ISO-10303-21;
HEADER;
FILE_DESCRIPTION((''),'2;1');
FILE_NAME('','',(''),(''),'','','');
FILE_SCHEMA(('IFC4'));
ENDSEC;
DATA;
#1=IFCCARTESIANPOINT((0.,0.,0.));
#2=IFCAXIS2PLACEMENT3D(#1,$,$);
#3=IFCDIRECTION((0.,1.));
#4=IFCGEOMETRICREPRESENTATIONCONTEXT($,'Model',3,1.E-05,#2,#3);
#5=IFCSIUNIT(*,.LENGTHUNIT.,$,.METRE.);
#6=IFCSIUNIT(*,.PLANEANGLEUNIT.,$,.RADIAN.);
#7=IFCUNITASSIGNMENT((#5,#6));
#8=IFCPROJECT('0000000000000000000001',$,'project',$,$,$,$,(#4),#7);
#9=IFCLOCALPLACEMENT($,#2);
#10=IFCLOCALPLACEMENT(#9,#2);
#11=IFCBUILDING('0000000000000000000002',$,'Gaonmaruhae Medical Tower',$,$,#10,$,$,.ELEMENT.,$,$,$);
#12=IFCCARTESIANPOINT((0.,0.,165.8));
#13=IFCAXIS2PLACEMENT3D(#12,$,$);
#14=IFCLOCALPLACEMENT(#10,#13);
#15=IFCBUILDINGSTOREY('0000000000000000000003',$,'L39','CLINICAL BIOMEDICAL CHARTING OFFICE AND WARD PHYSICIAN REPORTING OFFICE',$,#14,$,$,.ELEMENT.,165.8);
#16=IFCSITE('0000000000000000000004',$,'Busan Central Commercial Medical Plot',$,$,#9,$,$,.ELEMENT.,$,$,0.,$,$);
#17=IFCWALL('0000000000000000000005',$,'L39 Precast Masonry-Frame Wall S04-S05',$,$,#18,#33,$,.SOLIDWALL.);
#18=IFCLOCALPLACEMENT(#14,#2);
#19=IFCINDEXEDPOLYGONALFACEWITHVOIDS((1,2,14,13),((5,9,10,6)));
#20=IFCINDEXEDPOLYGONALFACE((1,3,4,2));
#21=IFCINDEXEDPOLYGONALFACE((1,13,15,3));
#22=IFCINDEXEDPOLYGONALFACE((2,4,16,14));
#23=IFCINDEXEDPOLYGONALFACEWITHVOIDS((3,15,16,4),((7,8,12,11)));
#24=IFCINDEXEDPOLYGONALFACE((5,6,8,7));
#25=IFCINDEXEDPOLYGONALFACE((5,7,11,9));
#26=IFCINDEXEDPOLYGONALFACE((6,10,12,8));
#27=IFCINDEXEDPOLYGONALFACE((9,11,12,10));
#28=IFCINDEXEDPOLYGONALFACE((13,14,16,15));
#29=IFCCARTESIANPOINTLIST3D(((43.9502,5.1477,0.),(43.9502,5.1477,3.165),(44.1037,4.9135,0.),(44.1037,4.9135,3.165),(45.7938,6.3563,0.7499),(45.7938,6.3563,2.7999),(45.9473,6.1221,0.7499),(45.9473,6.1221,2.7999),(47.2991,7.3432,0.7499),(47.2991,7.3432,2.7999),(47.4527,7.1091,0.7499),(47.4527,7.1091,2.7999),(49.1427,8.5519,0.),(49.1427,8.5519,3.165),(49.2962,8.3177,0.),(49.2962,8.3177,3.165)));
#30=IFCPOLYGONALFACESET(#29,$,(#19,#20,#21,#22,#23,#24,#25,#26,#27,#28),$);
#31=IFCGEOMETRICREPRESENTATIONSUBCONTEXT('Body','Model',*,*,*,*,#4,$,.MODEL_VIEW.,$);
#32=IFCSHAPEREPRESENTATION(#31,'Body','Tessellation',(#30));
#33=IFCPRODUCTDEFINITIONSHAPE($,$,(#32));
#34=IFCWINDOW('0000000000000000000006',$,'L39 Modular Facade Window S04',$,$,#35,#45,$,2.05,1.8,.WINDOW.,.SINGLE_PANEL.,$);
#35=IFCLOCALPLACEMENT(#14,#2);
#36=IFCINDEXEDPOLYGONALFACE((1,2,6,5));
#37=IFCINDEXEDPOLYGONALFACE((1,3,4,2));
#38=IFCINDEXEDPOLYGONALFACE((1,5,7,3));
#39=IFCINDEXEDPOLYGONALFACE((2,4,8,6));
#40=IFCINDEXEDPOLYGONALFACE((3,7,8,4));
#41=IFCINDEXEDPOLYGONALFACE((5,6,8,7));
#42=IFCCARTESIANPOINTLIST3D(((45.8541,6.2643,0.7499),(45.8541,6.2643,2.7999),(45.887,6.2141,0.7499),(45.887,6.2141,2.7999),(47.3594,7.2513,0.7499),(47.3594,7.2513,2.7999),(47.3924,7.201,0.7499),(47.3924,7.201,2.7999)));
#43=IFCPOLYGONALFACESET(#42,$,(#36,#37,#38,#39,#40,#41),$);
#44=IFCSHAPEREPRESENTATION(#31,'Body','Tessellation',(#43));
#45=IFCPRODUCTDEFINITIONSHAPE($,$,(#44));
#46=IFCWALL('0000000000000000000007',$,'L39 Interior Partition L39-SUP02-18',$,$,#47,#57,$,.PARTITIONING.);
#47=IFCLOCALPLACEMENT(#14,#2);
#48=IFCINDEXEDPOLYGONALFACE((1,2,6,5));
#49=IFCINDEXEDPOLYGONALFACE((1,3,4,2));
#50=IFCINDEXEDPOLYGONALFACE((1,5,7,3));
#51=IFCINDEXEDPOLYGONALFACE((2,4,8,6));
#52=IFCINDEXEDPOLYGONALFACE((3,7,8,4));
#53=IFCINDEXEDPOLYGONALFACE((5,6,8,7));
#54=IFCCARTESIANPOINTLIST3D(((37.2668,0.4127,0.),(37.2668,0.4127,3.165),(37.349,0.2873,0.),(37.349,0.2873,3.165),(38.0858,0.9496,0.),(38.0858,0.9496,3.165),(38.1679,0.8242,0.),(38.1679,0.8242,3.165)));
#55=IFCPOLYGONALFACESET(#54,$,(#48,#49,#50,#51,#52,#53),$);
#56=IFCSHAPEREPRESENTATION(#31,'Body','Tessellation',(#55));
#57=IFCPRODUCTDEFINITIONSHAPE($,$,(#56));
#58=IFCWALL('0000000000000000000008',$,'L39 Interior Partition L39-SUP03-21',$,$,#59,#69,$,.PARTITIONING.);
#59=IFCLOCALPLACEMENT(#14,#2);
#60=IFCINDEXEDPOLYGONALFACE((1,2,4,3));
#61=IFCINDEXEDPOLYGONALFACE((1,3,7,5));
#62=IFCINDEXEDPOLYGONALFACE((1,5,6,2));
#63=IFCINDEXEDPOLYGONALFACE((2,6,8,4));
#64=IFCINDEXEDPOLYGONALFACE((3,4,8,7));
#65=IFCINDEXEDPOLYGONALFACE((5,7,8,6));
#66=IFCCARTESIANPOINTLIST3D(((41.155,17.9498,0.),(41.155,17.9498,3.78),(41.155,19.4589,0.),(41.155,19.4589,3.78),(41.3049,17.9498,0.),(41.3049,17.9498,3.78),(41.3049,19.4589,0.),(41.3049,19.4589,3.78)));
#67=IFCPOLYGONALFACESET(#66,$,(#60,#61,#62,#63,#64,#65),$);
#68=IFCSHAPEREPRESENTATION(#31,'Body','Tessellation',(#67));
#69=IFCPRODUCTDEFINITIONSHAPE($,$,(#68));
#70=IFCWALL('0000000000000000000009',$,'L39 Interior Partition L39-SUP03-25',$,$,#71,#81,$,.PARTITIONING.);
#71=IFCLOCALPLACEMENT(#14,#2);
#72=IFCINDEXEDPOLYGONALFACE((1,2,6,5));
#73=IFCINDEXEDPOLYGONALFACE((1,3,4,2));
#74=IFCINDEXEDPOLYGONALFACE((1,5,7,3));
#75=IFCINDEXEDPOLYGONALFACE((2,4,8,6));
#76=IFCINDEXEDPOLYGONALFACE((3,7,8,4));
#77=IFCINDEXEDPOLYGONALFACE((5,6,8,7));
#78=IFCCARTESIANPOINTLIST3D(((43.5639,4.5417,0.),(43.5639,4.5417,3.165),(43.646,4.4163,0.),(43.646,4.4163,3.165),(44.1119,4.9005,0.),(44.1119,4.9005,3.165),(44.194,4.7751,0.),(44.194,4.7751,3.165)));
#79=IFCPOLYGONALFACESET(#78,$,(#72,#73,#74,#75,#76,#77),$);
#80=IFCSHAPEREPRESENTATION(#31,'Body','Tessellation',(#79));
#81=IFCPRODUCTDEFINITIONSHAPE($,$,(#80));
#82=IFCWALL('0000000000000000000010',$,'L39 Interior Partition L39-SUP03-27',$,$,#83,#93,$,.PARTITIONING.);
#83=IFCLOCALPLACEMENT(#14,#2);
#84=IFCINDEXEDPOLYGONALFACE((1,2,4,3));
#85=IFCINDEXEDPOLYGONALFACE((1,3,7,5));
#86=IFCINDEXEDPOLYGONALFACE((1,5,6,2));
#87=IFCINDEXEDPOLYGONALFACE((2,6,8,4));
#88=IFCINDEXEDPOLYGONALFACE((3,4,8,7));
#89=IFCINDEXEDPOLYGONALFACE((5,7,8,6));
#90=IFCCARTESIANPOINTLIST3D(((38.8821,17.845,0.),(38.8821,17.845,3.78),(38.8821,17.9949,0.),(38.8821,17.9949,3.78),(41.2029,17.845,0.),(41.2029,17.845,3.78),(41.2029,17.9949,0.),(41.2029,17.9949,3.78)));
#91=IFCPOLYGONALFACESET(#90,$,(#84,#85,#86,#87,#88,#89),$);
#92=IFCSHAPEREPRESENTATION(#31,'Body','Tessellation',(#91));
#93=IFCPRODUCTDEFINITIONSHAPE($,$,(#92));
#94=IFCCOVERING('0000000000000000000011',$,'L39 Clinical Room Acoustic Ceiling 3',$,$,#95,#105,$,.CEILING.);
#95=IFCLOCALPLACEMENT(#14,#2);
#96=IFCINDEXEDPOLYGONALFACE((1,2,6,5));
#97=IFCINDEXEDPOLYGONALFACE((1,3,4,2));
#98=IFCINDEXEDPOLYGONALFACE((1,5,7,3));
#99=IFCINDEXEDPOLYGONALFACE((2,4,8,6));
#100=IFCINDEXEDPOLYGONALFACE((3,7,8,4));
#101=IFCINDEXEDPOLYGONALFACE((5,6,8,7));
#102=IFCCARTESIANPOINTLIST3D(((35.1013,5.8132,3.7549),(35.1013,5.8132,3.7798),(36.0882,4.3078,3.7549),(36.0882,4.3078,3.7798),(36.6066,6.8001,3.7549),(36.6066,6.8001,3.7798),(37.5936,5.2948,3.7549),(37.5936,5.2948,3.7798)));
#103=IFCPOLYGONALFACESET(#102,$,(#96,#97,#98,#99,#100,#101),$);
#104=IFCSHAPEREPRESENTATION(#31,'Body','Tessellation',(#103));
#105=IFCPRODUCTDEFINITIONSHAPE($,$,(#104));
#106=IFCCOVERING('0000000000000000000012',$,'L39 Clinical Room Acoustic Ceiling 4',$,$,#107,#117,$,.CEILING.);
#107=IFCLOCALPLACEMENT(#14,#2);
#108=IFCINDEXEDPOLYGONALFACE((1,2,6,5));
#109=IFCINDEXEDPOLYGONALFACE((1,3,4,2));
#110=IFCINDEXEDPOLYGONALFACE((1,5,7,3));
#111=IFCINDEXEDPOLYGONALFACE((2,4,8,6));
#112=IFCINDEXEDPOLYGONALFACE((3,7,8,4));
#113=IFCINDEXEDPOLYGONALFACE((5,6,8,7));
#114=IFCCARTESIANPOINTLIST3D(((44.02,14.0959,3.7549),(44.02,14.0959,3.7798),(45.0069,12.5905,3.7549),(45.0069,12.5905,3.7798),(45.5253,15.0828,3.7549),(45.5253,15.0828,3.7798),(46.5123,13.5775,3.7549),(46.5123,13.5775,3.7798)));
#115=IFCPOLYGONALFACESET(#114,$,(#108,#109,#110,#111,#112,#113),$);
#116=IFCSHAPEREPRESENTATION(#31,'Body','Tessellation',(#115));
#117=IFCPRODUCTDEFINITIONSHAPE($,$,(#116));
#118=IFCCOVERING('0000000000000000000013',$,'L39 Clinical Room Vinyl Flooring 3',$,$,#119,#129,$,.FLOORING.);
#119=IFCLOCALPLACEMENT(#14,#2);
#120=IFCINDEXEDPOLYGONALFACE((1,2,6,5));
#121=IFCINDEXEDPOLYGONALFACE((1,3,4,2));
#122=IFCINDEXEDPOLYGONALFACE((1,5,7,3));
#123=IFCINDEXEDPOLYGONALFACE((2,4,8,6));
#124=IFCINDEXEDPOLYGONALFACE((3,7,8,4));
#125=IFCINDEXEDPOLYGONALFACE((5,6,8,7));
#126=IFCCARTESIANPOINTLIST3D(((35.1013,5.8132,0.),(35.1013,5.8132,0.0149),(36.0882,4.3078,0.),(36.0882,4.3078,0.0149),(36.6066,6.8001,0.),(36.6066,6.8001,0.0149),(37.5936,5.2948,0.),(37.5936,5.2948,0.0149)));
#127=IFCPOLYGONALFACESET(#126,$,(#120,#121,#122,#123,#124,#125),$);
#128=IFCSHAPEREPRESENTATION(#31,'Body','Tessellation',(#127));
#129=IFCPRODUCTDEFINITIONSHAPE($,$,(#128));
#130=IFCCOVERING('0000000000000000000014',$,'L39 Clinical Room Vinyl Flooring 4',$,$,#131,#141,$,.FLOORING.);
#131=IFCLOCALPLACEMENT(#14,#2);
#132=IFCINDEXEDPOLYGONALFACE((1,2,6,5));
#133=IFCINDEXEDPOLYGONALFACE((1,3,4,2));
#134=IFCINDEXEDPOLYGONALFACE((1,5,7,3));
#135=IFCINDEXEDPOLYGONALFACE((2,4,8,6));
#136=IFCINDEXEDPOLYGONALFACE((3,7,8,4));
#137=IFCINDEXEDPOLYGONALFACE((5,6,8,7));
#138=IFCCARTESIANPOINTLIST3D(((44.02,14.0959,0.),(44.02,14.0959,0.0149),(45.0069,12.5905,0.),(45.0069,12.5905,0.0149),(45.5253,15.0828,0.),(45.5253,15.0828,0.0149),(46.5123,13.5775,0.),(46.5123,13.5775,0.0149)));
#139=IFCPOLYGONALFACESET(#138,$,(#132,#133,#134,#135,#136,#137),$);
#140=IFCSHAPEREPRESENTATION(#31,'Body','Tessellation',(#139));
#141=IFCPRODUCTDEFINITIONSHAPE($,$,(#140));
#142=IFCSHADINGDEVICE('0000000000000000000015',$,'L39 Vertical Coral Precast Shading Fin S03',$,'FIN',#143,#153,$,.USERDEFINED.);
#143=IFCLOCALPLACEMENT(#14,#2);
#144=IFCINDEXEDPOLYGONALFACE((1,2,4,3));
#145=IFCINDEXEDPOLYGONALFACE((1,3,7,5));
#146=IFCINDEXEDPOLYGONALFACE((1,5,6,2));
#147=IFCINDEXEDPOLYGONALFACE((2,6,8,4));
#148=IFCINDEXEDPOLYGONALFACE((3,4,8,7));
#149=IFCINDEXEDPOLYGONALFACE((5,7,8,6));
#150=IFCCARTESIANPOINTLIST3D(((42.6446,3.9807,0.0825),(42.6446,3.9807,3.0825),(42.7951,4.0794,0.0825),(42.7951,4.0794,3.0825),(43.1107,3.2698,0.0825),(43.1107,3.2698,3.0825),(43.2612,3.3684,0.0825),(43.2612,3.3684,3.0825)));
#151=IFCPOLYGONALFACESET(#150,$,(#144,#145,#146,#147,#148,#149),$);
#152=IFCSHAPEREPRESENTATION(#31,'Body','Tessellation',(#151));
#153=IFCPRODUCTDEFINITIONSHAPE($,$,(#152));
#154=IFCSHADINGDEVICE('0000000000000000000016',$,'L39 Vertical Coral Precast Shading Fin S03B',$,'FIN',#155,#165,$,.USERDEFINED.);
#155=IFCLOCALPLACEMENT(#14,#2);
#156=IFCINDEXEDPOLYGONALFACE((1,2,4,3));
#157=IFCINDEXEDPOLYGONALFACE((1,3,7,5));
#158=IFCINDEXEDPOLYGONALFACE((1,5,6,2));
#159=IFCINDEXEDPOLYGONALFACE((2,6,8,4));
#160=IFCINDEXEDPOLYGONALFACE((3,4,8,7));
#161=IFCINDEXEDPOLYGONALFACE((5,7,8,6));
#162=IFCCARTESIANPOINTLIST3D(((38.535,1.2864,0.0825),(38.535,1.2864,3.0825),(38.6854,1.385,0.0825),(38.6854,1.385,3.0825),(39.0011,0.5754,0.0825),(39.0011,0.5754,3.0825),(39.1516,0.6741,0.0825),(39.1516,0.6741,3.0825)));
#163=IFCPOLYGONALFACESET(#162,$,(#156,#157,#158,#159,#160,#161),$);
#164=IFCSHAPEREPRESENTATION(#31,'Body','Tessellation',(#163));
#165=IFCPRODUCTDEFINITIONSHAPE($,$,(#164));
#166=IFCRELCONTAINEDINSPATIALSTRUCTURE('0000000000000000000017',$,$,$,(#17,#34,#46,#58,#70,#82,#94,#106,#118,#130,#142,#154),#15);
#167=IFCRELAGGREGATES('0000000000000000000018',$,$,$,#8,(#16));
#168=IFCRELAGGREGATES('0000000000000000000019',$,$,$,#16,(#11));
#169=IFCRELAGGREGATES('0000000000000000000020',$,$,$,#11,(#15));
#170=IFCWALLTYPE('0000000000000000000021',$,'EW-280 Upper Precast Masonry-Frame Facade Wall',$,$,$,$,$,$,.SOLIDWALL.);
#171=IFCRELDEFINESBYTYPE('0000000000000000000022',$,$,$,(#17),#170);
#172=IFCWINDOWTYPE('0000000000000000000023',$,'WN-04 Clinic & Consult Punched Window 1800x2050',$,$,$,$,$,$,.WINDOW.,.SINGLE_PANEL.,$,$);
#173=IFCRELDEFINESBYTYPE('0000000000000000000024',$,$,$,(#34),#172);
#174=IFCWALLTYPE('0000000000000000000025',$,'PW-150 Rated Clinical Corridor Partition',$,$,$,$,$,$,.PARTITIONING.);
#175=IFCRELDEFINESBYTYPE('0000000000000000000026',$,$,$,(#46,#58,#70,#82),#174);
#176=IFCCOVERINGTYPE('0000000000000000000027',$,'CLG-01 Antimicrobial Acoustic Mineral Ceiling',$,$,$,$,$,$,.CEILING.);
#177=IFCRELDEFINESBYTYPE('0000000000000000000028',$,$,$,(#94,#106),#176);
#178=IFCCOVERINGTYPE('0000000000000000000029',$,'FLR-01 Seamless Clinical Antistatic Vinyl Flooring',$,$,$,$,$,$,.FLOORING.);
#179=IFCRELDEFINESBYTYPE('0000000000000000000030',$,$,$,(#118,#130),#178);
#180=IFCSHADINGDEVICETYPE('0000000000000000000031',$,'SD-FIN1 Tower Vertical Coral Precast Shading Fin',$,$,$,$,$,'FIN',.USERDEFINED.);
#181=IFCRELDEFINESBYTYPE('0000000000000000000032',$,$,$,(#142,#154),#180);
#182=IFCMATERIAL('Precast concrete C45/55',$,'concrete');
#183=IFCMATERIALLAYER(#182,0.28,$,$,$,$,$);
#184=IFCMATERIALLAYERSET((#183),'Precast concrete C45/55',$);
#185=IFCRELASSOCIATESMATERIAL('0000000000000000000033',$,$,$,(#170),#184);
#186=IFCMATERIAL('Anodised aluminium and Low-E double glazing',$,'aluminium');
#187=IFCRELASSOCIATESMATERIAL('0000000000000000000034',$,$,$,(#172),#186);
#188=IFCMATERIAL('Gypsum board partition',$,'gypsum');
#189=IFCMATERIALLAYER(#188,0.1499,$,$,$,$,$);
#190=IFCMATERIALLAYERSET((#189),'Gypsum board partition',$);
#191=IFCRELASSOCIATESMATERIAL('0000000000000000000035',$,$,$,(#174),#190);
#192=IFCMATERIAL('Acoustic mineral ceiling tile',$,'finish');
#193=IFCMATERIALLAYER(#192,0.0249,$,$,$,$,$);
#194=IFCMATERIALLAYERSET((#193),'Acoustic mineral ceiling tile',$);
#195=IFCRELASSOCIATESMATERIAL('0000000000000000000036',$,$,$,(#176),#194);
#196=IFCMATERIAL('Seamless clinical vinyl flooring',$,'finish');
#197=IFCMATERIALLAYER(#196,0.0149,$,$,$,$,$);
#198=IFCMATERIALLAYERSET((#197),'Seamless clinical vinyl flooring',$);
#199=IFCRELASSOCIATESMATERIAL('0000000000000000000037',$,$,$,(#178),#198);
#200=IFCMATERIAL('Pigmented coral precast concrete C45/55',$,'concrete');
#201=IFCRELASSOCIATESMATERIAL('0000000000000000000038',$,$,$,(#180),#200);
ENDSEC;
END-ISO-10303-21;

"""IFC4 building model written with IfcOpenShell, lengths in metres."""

from ifc_helpers import new_model, si_unit, direction, frame, frame_2d, origin, origin_2d, place, context, subcontext, project, spatial, rectangle, extrude, material, layer, layer_set, type_object, element, fill, save


model = new_model("IFC4")

# Units and contexts
model_context = context("Model", 3, precision=1e-05, world=origin(), true_north=direction((0.0, 1.0)))
body_context = subcontext(model_context, "Body", "Model", "MODEL_VIEW")
ifc_project = project(units=[si_unit("LENGTHUNIT", "METRE"), si_unit("PLANEANGLEUNIT", "RADIAN")], contexts=[model_context])

# Site, building, storey
site_placement = place(None, origin())
site = spatial("IfcSite", under=ifc_project, at=site_placement, Name="Busan Central Commercial Medical Plot", CompositionType="ELEMENT", RefElevation=0.0)
building_placement = place(site_placement, origin())
building = spatial("IfcBuilding", under=site, at=building_placement, Name="Gaonmaruhae Medical Tower", CompositionType="ELEMENT")
storey_placement = place(building_placement, frame((0.0, 0.0, 165.8)))
storey = spatial("IfcBuildingStorey", under=building, at=storey_placement, Name="L39", Description="CLINICAL BIOMEDICAL CHARTING OFFICE AND WARD PHYSICIAN REPORTING OFFICE", CompositionType="ELEMENT", Elevation=165.8)

# Wall, opening, window
ifc_material_1 = material(Name="Precast concrete C45/55", Category="concrete")
ifc_layer_1 = layer(ifc_material_1, 0.28)
ifc_layer_set_1 = layer_set([ifc_layer_1], Name="Precast concrete C45/55")
wall_type_1 = type_object("IfcWallType", Name="EW-280 Upper Precast Masonry-Frame Facade Wall", PredefinedType="SOLIDWALL", material=ifc_layer_set_1)
ifc_material_2 = material(Name="Anodised aluminium and Low-E double glazing", Category="aluminium")
wall_1_placement = place(storey_placement, frame((49.2195, 8.4348, 0.0), z_axis=(0.0, 0.0, 1.0), x_axis=(-0.836296, -0.548278, 0.0)))
wall_1 = element("IfcWall", 1, at=wall_1_placement, inside=storey, type_object=wall_type_1, Name="L39 Precast Masonry-Frame Wall S04-S05", PredefinedType="SOLIDWALL", context=body_context, shape_type="SweptSolid", body=[
    extrude(rectangle(XDim=6.209, YDim=0.28, at=frame_2d((3.1045, 0.0))), origin(), (0.0, 0.0, 1.0), 3.165),
])
opening_1_placement = place(wall_1_placement, frame((2.2046, 0.0, 0.75)))
opening_1 = element("IfcOpeningElement", 2, at=opening_1_placement, cuts=wall_1, PredefinedType="OPENING", context=body_context, shape_type="SweptSolid", body=[
    extrude(rectangle(XDim=1.8, YDim=2.05, at=frame_2d((0.8999, 1.0249))), frame((0.0, 0.1499, 0.0), z_axis=(0.0, -1.0, 0.0), x_axis=(1.0, 0.0, 0.0)), (0.0, 0.0, 1.0), 0.3),
])
window_type_1 = type_object("IfcWindowType", Name="WN-04 Clinic & Consult Punched Window 1800x2050", PartitioningType="SINGLE_PANEL", PredefinedType="WINDOW", material=ifc_material_2)
window_1_placement = place(opening_1_placement, origin())
window_1 = element("IfcWindow", 3, at=window_1_placement, inside=storey, type_object=window_type_1, Name="L39 Modular Facade Window S04", OverallHeight=2.05, OverallWidth=1.8, PartitioningType="SINGLE_PANEL", PredefinedType="WINDOW", context=body_context, shape_type="SweptSolid", body=[
    extrude(rectangle(XDim=1.8, YDim=2.05, at=frame_2d((0.8999, 1.0249))), frame((0.0, 0.03, 0.0), z_axis=(0.0, -1.0, 0.0), x_axis=(1.0, 0.0, 0.0)), (0.0, 0.0, 1.0), 0.0601),
])
fill(opening_1, window_1)

# Walls
ifc_material_3 = material(Name="Gypsum board partition", Category="gypsum")
ifc_layer_2 = layer(ifc_material_3, 0.1499)
ifc_layer_set_2 = layer_set([ifc_layer_2], Name="Gypsum board partition")
wall_type_2 = type_object("IfcWallType", Name="PW-150 Rated Clinical Corridor Partition", PredefinedType="PARTITIONING", material=ifc_layer_set_2)
wall_2_placement = place(storey_placement, frame((38.127, 0.887, 0.0), z_axis=(0.0, 0.0, 1.0), x_axis=(-0.836284, -0.548297, 0.0)))
element("IfcWall", 4, at=wall_2_placement, inside=storey, type_object=wall_type_2, Name="L39 Interior Partition L39-SUP02-18", PredefinedType="PARTITIONING", context=body_context, shape_type="SweptSolid", body=[
    extrude(rectangle(XDim=0.9792, YDim=0.1499, at=frame_2d((0.4897, 0.0))), origin(), (0.0, 0.0, 1.0), 3.165),
])
wall_3_placement = place(storey_placement, frame((41.23, 17.95, 0.0), z_axis=(0.0, 0.0, 1.0), x_axis=(0.0, 1.0, 0.0)))
element("IfcWall", 5, at=wall_3_placement, inside=storey, type_object=wall_type_2, Name="L39 Interior Partition L39-SUP03-21", PredefinedType="PARTITIONING", context=body_context, shape_type="SweptSolid", body=[
    extrude(rectangle(XDim=1.509, YDim=0.1499, at=frame_2d((0.7544, 0.0))), origin(), (0.0, 0.0, 1.0), 3.78),
])
wall_4_placement = place(storey_placement, frame((44.1531, 4.8379, 0.0), z_axis=(0.0, 0.0, 1.0), x_axis=(-0.836608, -0.547801, 0.0)))
element("IfcWall", 6, at=wall_4_placement, inside=storey, type_object=wall_type_2, Name="L39 Interior Partition L39-SUP03-25", PredefinedType="PARTITIONING", context=body_context, shape_type="SweptSolid", body=[
    extrude(rectangle(XDim=0.655, YDim=0.1499, at=frame_2d((0.3276, 0.0))), origin(), (0.0, 0.0, 1.0), 3.165),
])
wall_5_placement = place(storey_placement, frame((38.8821, 17.9199, 0.0), z_axis=(0.0, 0.0, 1.0), x_axis=(1.0, 0.0, 0.0)))
element("IfcWall", 7, at=wall_5_placement, inside=storey, type_object=wall_type_2, Name="L39 Interior Partition L39-SUP03-27", PredefinedType="PARTITIONING", context=body_context, shape_type="SweptSolid", body=[
    extrude(rectangle(XDim=2.3208, YDim=0.1499, at=frame_2d((1.1604, 0.0))), origin(), (0.0, 0.0, 1.0), 3.78),
])

# Coverings
ifc_material_4 = material(Name="Acoustic mineral ceiling tile", Category="finish")
ifc_layer_3 = layer(ifc_material_4, 0.0249)
ifc_layer_set_3 = layer_set([ifc_layer_3], Name="Acoustic mineral ceiling tile")
covering_type_1 = type_object("IfcCoveringType", Name="CLG-01 Antimicrobial Acoustic Mineral Ceiling", PredefinedType="CEILING", material=ifc_layer_set_3)
for number, where, z_axis, x_axis, name in (
    (8, (36.3474, 5.554, 3.7549), (0.0, 0.0, 1.0), (0.836286, 0.548293, 0.0), "L39 Clinical Room Acoustic Ceiling 3"),
    (9, (45.2661, 13.8367, 3.7549), (0.0, 0.0, 1.0), (0.836286, 0.548293, 0.0), "L39 Clinical Room Acoustic Ceiling 4"),
):
    element("IfcCovering", number, at=place(storey_placement, frame(where, z_axis=z_axis, x_axis=x_axis)), inside=storey, type_object=covering_type_1, Name=name, PredefinedType="CEILING", context=body_context, shape_type="SweptSolid", body=[
        extrude(rectangle(XDim=1.8, YDim=1.8, at=origin_2d()), origin(), (0.0, 0.0, 1.0), 0.0249),
    ])
ifc_material_5 = material(Name="Seamless clinical vinyl flooring", Category="finish")
ifc_layer_4 = layer(ifc_material_5, 0.0149)
ifc_layer_set_4 = layer_set([ifc_layer_4], Name="Seamless clinical vinyl flooring")
covering_type_2 = type_object("IfcCoveringType", Name="FLR-01 Seamless Clinical Antistatic Vinyl Flooring", PredefinedType="FLOORING", material=ifc_layer_set_4)
for number, where, z_axis, x_axis, name in (
    (10, (36.3474, 5.554, 0.0), (0.0, 0.0, 1.0), (0.836286, 0.548293, 0.0), "L39 Clinical Room Vinyl Flooring 3"),
    (11, (45.2661, 13.8367, 0.0), (0.0, 0.0, 1.0), (0.836286, 0.548293, 0.0), "L39 Clinical Room Vinyl Flooring 4"),
):
    element("IfcCovering", number, at=place(storey_placement, frame(where, z_axis=z_axis, x_axis=x_axis)), inside=storey, type_object=covering_type_2, Name=name, PredefinedType="FLOORING", context=body_context, shape_type="SweptSolid", body=[
        extrude(rectangle(XDim=1.8, YDim=1.8, at=origin_2d()), origin(), (0.0, 0.0, 1.0), 0.0149),
    ])

# Shading devices
ifc_material_6 = material(Name="Pigmented coral precast concrete C45/55", Category="concrete")
shading_device_type = type_object("IfcShadingDeviceType", Name="SD-FIN1 Tower Vertical Coral Precast Shading Fin", ElementType="FIN", PredefinedType="USERDEFINED", material=ifc_material_6)
for number, where, z_axis, x_axis, name in (
    (12, (42.9529, 3.6746, 0.0825), (0.0, 0.0, 1.0), (-0.836286, -0.548293, 0.0), "L39 Vertical Coral Precast Shading Fin S03"),
    (13, (38.8433, 0.9802, 0.0825), (0.0, 0.0, 1.0), (-0.836286, -0.548293, 0.0), "L39 Vertical Coral Precast Shading Fin S03B"),
):
    element("IfcShadingDevice", number, at=place(storey_placement, frame(where, z_axis=z_axis, x_axis=x_axis)), inside=storey, type_object=shading_device_type, Name=name, ObjectType="FIN", PredefinedType="USERDEFINED", context=body_context, shape_type="SweptSolid", body=[
        extrude(rectangle(XDim=0.1799, YDim=0.8501, at=origin_2d()), origin(), (0.0, 0.0, 1.0), 3.0),
    ])

save(model, "model.ifc")
